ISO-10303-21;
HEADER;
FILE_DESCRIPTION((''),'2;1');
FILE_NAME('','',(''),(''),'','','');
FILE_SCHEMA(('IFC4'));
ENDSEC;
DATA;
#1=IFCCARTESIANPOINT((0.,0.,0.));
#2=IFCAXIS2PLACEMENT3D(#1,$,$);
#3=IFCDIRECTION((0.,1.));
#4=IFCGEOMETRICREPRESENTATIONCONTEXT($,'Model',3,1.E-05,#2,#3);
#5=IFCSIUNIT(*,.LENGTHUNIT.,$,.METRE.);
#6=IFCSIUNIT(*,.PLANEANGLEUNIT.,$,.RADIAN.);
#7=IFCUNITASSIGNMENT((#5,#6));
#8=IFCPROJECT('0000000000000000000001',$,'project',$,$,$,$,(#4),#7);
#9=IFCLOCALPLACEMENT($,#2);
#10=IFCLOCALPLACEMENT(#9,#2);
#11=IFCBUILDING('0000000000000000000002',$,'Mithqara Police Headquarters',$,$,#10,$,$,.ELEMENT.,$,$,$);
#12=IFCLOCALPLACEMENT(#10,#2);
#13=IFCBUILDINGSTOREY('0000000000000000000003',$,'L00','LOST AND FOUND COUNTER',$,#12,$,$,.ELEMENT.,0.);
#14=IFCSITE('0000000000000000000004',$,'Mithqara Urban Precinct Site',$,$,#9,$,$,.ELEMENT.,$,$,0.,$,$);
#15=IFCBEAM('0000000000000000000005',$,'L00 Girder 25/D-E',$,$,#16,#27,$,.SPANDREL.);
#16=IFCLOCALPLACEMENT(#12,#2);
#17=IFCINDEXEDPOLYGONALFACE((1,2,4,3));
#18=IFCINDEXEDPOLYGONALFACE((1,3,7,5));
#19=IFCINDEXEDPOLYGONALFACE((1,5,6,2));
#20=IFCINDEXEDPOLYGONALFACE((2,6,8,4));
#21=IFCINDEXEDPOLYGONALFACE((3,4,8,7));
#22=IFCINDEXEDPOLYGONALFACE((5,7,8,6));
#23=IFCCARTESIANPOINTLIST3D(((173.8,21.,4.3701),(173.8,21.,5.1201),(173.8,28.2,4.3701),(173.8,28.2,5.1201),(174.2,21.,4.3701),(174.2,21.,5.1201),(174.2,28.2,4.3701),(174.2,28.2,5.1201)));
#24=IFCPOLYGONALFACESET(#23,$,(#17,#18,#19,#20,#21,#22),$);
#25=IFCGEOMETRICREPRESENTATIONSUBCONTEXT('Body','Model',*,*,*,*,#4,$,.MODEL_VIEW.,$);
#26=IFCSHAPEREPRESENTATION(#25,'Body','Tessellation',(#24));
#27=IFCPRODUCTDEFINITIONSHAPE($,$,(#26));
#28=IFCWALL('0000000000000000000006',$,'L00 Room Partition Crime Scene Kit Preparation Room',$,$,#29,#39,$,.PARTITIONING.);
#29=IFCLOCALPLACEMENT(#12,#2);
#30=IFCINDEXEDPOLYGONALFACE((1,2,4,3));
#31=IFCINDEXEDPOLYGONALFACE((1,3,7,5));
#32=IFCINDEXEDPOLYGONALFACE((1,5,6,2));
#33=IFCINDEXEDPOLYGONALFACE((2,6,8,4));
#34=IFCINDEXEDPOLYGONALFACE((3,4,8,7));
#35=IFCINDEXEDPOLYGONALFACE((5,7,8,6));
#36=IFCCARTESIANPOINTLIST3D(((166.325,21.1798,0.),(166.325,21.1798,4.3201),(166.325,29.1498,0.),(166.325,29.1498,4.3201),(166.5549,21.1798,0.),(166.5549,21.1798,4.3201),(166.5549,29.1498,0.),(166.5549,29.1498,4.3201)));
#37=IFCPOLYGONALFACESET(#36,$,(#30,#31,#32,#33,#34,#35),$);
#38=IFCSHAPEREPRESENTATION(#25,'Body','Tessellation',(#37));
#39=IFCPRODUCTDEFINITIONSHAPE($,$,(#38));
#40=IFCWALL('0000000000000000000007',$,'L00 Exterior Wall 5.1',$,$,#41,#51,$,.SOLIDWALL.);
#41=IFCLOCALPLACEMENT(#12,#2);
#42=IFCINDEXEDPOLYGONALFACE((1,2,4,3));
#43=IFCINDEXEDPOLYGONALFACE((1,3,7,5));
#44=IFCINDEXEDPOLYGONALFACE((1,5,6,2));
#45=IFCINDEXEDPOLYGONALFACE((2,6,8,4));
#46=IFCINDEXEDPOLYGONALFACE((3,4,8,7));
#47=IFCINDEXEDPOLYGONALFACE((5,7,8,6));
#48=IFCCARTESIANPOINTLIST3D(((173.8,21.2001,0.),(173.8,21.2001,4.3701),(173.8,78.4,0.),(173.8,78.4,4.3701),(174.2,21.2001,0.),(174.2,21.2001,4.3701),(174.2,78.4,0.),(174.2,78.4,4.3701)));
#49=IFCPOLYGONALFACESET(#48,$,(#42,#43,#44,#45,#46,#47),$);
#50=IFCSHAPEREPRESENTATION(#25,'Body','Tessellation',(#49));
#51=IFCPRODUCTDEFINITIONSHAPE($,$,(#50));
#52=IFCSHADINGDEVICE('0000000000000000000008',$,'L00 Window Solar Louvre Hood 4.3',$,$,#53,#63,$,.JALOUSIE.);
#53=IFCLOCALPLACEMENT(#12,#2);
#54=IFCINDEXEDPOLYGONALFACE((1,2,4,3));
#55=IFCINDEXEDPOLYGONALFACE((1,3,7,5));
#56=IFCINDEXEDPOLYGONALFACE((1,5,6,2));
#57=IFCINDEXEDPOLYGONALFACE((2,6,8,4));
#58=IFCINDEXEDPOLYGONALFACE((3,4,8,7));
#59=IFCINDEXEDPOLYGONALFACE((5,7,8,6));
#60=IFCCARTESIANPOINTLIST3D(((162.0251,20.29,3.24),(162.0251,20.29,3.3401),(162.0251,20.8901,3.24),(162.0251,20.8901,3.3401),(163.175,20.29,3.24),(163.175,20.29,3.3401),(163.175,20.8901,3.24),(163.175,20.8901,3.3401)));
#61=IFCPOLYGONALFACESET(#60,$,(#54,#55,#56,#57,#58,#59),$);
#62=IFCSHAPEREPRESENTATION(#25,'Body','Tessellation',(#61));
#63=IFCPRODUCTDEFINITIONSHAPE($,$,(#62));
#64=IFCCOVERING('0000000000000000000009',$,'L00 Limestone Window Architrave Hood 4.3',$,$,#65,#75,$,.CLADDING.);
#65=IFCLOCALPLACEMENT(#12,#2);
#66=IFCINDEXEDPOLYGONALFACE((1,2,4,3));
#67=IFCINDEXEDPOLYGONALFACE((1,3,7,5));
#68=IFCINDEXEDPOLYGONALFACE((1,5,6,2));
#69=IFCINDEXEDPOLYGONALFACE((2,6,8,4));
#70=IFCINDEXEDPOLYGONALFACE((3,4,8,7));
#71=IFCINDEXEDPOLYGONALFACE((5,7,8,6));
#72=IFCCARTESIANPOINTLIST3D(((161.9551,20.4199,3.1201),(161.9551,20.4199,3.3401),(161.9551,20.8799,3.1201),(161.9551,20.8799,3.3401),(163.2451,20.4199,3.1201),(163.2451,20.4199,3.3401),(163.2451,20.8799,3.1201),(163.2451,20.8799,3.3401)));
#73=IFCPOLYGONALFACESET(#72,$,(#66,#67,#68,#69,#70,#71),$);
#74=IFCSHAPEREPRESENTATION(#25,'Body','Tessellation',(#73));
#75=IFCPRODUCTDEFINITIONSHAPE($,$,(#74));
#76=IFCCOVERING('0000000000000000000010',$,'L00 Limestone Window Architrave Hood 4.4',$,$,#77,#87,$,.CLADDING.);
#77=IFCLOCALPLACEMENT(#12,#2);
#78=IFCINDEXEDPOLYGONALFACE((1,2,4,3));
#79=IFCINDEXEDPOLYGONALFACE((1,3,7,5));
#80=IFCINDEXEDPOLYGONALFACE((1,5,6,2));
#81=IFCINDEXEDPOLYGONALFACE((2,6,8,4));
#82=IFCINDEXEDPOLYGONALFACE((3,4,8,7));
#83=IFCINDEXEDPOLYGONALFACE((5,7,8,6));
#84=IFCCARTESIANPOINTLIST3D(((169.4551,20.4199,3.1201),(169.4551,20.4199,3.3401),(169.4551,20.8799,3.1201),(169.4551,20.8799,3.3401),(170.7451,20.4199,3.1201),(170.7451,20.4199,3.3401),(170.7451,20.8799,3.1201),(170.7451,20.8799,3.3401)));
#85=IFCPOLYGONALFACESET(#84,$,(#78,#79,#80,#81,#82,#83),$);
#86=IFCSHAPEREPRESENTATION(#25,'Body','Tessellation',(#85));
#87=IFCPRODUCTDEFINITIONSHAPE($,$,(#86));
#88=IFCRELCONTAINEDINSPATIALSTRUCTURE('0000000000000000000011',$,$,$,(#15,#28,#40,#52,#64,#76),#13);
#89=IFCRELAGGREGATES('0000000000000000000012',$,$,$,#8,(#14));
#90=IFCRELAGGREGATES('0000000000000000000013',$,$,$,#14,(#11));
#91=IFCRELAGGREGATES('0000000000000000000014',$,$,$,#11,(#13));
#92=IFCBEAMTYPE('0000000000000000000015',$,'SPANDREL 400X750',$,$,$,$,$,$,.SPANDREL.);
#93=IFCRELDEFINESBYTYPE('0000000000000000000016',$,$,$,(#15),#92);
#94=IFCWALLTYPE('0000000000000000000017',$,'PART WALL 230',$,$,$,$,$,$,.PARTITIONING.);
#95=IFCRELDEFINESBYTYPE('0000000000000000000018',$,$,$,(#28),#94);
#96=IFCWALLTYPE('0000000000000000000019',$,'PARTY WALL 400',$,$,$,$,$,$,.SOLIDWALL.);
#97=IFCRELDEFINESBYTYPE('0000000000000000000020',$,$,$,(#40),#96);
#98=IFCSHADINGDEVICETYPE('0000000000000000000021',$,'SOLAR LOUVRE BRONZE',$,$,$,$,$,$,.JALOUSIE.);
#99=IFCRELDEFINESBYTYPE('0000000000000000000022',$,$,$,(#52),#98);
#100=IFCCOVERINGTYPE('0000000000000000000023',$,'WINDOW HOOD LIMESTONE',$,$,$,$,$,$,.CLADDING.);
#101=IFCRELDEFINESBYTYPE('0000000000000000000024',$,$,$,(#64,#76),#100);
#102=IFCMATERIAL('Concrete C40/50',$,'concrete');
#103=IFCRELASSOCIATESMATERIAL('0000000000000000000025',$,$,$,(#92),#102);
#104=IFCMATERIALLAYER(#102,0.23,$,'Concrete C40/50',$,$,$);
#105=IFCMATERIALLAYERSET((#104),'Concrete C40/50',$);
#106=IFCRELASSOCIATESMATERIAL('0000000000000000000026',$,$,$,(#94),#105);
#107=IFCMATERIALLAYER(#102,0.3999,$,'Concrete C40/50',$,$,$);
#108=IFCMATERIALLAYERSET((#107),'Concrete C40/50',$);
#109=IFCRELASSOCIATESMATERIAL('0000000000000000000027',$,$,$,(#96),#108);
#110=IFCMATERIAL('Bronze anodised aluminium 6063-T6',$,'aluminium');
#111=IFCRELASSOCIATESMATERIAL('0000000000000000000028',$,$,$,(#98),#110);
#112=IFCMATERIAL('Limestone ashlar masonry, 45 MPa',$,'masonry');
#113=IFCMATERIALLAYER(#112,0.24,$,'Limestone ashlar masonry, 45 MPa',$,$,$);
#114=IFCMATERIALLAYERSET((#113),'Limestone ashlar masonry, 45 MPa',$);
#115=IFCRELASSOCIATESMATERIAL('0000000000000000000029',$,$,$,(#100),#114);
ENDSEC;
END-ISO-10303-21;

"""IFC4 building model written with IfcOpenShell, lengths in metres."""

from ifc_helpers import new_model, si_unit, direction, frame, frame_2d, origin, origin_2d, place, context, subcontext, project, spatial, rectangle, extrude, material, layer, layer_set, material_profile, profile_set, type_object, element, save


model = new_model("IFC4")

# Units and contexts
model_context = context("Model", 3, precision=1e-05, world=origin(), true_north=direction((0.0, 1.0)))
body_context = subcontext(model_context, "Body", "Model", "MODEL_VIEW")
ifc_project = project(units=[si_unit("LENGTHUNIT", "METRE"), si_unit("PLANEANGLEUNIT", "RADIAN")], contexts=[model_context])

# Site, building, storey
site_placement = place(None, origin())
site = spatial("IfcSite", under=ifc_project, at=site_placement, Name="Mithqara Urban Precinct Site", CompositionType="ELEMENT", RefElevation=0.0)
building_placement = place(site_placement, origin())
building = spatial("IfcBuilding", under=site, at=building_placement, Name="Mithqara Police Headquarters", CompositionType="ELEMENT")
storey_placement = place(building_placement, origin())
storey = spatial("IfcBuildingStorey", under=building, at=storey_placement, Name="L00", Description="LOST AND FOUND COUNTER", CompositionType="ELEMENT", Elevation=0.0)

# Shared definitions
ifc_material_1 = material(Name="Concrete C40/50", Category="concrete")

# Beam
ifc_material_profile_1 = material_profile(ifc_material_1, rectangle(XDim=0.3999, YDim=0.75, at=origin_2d()), Name="SPB 400x750")
ifc_profile_set_1 = profile_set([ifc_material_profile_1], Name="Concrete C40/50")
beam_type_1 = type_object("IfcBeamType", Name="SPANDREL 400X750", PredefinedType="SPANDREL", material=ifc_profile_set_1)
beam_1_placement = place(storey_placement, frame((174.0, 21.0, 4.7451), z_axis=(0.0, 1.0, 0.0), x_axis=(-1.0, 0.0, 0.0)))
element("IfcBeam", 1, at=beam_1_placement, inside=storey, type_object=beam_type_1, Name="L00 Girder 25/D-E", PredefinedType="SPANDREL", context=body_context, shape_type="SweptSolid", body=[
    extrude(rectangle(XDim=0.3999, YDim=0.75, at=origin_2d()), origin(), (0.0, 0.0, 1.0), 7.2),
])

# Walls
ifc_layer_1 = layer(ifc_material_1, 0.23, Name="Concrete C40/50")
ifc_layer_set_1 = layer_set([ifc_layer_1], Name="Concrete C40/50")
wall_type_1 = type_object("IfcWallType", Name="PART WALL 230", PredefinedType="PARTITIONING", material=ifc_layer_set_1)
wall_1_placement = place(storey_placement, frame((166.4399, 21.1799, 0.0), z_axis=(0.0, 0.0, 1.0), x_axis=(0.0, 1.0, 0.0)))
element("IfcWall", 2, at=wall_1_placement, inside=storey, type_object=wall_type_1, Name="L00 Room Partition Crime Scene Kit Preparation Room", PredefinedType="PARTITIONING", context=body_context, shape_type="SweptSolid", body=[
    extrude(rectangle(XDim=7.97, YDim=0.23, at=frame_2d((3.9849, 0.0))), origin(), (0.0, 0.0, 1.0), 4.3201),
])
ifc_layer_2 = layer(ifc_material_1, 0.3999, Name="Concrete C40/50")
ifc_layer_set_2 = layer_set([ifc_layer_2], Name="Concrete C40/50")
wall_type_2 = type_object("IfcWallType", Name="PARTY WALL 400", PredefinedType="SOLIDWALL", material=ifc_layer_set_2)
wall_2_placement = place(storey_placement, frame((174.0, 21.2, 0.0), z_axis=(0.0, 0.0, 1.0), x_axis=(0.0, 1.0, 0.0)))
element("IfcWall", 3, at=wall_2_placement, inside=storey, type_object=wall_type_2, Name="L00 Exterior Wall 5.1", PredefinedType="SOLIDWALL", context=body_context, shape_type="SweptSolid", body=[
    extrude(rectangle(XDim=57.2, YDim=0.3999, at=frame_2d((28.6001, 0.0))), origin(), (0.0, 0.0, 1.0), 4.3701),
])

# Shading device
ifc_material_2 = material(Name="Bronze anodised aluminium 6063-T6", Category="aluminium")
shading_device_type = type_object("IfcShadingDeviceType", Name="SOLAR LOUVRE BRONZE", PredefinedType="JALOUSIE", material=ifc_material_2)
shading_device_placement = place(storey_placement, frame((162.6001, 20.5901, 3.24), z_axis=(0.0, 0.0, 1.0), x_axis=(1.0, 0.0, 0.0)))
element("IfcShadingDevice", 4, at=shading_device_placement, inside=storey, type_object=shading_device_type, Name="L00 Window Solar Louvre Hood 4.3", PredefinedType="JALOUSIE", context=body_context, shape_type="SweptSolid", body=[
    extrude(rectangle(XDim=1.1499, YDim=0.6001, at=origin_2d()), origin(), (0.0, 0.0, 1.0), 0.1001),
])

# Coverings
ifc_material_3 = material(Name="Limestone ashlar masonry, 45 MPa", Category="masonry")
ifc_layer_3 = layer(ifc_material_3, 0.24, Name="Limestone ashlar masonry, 45 MPa")
ifc_layer_set_3 = layer_set([ifc_layer_3], Name="Limestone ashlar masonry, 45 MPa")
covering_type = type_object("IfcCoveringType", Name="WINDOW HOOD LIMESTONE", PredefinedType="CLADDING", material=ifc_layer_set_3)
for number, where, z_axis, x_axis, name in (
    (5, (162.6001, 20.6499, 3.1201), (0.0, 0.0, 1.0), (1.0, 0.0, 0.0), "L00 Limestone Window Architrave Hood 4.3"),
    (6, (170.1001, 20.6499, 3.1201), (0.0, 0.0, 1.0), (1.0, 0.0, 0.0), "L00 Limestone Window Architrave Hood 4.4"),
):
    element("IfcCovering", number, at=place(storey_placement, frame(where, z_axis=z_axis, x_axis=x_axis)), inside=storey, type_object=covering_type, Name=name, PredefinedType="CLADDING", context=body_context, shape_type="SweptSolid", body=[
        extrude(rectangle(XDim=1.29, YDim=0.46, at=origin_2d()), origin(), (0.0, 0.0, 1.0), 0.22),
    ])

save(model, "model.ifc")
